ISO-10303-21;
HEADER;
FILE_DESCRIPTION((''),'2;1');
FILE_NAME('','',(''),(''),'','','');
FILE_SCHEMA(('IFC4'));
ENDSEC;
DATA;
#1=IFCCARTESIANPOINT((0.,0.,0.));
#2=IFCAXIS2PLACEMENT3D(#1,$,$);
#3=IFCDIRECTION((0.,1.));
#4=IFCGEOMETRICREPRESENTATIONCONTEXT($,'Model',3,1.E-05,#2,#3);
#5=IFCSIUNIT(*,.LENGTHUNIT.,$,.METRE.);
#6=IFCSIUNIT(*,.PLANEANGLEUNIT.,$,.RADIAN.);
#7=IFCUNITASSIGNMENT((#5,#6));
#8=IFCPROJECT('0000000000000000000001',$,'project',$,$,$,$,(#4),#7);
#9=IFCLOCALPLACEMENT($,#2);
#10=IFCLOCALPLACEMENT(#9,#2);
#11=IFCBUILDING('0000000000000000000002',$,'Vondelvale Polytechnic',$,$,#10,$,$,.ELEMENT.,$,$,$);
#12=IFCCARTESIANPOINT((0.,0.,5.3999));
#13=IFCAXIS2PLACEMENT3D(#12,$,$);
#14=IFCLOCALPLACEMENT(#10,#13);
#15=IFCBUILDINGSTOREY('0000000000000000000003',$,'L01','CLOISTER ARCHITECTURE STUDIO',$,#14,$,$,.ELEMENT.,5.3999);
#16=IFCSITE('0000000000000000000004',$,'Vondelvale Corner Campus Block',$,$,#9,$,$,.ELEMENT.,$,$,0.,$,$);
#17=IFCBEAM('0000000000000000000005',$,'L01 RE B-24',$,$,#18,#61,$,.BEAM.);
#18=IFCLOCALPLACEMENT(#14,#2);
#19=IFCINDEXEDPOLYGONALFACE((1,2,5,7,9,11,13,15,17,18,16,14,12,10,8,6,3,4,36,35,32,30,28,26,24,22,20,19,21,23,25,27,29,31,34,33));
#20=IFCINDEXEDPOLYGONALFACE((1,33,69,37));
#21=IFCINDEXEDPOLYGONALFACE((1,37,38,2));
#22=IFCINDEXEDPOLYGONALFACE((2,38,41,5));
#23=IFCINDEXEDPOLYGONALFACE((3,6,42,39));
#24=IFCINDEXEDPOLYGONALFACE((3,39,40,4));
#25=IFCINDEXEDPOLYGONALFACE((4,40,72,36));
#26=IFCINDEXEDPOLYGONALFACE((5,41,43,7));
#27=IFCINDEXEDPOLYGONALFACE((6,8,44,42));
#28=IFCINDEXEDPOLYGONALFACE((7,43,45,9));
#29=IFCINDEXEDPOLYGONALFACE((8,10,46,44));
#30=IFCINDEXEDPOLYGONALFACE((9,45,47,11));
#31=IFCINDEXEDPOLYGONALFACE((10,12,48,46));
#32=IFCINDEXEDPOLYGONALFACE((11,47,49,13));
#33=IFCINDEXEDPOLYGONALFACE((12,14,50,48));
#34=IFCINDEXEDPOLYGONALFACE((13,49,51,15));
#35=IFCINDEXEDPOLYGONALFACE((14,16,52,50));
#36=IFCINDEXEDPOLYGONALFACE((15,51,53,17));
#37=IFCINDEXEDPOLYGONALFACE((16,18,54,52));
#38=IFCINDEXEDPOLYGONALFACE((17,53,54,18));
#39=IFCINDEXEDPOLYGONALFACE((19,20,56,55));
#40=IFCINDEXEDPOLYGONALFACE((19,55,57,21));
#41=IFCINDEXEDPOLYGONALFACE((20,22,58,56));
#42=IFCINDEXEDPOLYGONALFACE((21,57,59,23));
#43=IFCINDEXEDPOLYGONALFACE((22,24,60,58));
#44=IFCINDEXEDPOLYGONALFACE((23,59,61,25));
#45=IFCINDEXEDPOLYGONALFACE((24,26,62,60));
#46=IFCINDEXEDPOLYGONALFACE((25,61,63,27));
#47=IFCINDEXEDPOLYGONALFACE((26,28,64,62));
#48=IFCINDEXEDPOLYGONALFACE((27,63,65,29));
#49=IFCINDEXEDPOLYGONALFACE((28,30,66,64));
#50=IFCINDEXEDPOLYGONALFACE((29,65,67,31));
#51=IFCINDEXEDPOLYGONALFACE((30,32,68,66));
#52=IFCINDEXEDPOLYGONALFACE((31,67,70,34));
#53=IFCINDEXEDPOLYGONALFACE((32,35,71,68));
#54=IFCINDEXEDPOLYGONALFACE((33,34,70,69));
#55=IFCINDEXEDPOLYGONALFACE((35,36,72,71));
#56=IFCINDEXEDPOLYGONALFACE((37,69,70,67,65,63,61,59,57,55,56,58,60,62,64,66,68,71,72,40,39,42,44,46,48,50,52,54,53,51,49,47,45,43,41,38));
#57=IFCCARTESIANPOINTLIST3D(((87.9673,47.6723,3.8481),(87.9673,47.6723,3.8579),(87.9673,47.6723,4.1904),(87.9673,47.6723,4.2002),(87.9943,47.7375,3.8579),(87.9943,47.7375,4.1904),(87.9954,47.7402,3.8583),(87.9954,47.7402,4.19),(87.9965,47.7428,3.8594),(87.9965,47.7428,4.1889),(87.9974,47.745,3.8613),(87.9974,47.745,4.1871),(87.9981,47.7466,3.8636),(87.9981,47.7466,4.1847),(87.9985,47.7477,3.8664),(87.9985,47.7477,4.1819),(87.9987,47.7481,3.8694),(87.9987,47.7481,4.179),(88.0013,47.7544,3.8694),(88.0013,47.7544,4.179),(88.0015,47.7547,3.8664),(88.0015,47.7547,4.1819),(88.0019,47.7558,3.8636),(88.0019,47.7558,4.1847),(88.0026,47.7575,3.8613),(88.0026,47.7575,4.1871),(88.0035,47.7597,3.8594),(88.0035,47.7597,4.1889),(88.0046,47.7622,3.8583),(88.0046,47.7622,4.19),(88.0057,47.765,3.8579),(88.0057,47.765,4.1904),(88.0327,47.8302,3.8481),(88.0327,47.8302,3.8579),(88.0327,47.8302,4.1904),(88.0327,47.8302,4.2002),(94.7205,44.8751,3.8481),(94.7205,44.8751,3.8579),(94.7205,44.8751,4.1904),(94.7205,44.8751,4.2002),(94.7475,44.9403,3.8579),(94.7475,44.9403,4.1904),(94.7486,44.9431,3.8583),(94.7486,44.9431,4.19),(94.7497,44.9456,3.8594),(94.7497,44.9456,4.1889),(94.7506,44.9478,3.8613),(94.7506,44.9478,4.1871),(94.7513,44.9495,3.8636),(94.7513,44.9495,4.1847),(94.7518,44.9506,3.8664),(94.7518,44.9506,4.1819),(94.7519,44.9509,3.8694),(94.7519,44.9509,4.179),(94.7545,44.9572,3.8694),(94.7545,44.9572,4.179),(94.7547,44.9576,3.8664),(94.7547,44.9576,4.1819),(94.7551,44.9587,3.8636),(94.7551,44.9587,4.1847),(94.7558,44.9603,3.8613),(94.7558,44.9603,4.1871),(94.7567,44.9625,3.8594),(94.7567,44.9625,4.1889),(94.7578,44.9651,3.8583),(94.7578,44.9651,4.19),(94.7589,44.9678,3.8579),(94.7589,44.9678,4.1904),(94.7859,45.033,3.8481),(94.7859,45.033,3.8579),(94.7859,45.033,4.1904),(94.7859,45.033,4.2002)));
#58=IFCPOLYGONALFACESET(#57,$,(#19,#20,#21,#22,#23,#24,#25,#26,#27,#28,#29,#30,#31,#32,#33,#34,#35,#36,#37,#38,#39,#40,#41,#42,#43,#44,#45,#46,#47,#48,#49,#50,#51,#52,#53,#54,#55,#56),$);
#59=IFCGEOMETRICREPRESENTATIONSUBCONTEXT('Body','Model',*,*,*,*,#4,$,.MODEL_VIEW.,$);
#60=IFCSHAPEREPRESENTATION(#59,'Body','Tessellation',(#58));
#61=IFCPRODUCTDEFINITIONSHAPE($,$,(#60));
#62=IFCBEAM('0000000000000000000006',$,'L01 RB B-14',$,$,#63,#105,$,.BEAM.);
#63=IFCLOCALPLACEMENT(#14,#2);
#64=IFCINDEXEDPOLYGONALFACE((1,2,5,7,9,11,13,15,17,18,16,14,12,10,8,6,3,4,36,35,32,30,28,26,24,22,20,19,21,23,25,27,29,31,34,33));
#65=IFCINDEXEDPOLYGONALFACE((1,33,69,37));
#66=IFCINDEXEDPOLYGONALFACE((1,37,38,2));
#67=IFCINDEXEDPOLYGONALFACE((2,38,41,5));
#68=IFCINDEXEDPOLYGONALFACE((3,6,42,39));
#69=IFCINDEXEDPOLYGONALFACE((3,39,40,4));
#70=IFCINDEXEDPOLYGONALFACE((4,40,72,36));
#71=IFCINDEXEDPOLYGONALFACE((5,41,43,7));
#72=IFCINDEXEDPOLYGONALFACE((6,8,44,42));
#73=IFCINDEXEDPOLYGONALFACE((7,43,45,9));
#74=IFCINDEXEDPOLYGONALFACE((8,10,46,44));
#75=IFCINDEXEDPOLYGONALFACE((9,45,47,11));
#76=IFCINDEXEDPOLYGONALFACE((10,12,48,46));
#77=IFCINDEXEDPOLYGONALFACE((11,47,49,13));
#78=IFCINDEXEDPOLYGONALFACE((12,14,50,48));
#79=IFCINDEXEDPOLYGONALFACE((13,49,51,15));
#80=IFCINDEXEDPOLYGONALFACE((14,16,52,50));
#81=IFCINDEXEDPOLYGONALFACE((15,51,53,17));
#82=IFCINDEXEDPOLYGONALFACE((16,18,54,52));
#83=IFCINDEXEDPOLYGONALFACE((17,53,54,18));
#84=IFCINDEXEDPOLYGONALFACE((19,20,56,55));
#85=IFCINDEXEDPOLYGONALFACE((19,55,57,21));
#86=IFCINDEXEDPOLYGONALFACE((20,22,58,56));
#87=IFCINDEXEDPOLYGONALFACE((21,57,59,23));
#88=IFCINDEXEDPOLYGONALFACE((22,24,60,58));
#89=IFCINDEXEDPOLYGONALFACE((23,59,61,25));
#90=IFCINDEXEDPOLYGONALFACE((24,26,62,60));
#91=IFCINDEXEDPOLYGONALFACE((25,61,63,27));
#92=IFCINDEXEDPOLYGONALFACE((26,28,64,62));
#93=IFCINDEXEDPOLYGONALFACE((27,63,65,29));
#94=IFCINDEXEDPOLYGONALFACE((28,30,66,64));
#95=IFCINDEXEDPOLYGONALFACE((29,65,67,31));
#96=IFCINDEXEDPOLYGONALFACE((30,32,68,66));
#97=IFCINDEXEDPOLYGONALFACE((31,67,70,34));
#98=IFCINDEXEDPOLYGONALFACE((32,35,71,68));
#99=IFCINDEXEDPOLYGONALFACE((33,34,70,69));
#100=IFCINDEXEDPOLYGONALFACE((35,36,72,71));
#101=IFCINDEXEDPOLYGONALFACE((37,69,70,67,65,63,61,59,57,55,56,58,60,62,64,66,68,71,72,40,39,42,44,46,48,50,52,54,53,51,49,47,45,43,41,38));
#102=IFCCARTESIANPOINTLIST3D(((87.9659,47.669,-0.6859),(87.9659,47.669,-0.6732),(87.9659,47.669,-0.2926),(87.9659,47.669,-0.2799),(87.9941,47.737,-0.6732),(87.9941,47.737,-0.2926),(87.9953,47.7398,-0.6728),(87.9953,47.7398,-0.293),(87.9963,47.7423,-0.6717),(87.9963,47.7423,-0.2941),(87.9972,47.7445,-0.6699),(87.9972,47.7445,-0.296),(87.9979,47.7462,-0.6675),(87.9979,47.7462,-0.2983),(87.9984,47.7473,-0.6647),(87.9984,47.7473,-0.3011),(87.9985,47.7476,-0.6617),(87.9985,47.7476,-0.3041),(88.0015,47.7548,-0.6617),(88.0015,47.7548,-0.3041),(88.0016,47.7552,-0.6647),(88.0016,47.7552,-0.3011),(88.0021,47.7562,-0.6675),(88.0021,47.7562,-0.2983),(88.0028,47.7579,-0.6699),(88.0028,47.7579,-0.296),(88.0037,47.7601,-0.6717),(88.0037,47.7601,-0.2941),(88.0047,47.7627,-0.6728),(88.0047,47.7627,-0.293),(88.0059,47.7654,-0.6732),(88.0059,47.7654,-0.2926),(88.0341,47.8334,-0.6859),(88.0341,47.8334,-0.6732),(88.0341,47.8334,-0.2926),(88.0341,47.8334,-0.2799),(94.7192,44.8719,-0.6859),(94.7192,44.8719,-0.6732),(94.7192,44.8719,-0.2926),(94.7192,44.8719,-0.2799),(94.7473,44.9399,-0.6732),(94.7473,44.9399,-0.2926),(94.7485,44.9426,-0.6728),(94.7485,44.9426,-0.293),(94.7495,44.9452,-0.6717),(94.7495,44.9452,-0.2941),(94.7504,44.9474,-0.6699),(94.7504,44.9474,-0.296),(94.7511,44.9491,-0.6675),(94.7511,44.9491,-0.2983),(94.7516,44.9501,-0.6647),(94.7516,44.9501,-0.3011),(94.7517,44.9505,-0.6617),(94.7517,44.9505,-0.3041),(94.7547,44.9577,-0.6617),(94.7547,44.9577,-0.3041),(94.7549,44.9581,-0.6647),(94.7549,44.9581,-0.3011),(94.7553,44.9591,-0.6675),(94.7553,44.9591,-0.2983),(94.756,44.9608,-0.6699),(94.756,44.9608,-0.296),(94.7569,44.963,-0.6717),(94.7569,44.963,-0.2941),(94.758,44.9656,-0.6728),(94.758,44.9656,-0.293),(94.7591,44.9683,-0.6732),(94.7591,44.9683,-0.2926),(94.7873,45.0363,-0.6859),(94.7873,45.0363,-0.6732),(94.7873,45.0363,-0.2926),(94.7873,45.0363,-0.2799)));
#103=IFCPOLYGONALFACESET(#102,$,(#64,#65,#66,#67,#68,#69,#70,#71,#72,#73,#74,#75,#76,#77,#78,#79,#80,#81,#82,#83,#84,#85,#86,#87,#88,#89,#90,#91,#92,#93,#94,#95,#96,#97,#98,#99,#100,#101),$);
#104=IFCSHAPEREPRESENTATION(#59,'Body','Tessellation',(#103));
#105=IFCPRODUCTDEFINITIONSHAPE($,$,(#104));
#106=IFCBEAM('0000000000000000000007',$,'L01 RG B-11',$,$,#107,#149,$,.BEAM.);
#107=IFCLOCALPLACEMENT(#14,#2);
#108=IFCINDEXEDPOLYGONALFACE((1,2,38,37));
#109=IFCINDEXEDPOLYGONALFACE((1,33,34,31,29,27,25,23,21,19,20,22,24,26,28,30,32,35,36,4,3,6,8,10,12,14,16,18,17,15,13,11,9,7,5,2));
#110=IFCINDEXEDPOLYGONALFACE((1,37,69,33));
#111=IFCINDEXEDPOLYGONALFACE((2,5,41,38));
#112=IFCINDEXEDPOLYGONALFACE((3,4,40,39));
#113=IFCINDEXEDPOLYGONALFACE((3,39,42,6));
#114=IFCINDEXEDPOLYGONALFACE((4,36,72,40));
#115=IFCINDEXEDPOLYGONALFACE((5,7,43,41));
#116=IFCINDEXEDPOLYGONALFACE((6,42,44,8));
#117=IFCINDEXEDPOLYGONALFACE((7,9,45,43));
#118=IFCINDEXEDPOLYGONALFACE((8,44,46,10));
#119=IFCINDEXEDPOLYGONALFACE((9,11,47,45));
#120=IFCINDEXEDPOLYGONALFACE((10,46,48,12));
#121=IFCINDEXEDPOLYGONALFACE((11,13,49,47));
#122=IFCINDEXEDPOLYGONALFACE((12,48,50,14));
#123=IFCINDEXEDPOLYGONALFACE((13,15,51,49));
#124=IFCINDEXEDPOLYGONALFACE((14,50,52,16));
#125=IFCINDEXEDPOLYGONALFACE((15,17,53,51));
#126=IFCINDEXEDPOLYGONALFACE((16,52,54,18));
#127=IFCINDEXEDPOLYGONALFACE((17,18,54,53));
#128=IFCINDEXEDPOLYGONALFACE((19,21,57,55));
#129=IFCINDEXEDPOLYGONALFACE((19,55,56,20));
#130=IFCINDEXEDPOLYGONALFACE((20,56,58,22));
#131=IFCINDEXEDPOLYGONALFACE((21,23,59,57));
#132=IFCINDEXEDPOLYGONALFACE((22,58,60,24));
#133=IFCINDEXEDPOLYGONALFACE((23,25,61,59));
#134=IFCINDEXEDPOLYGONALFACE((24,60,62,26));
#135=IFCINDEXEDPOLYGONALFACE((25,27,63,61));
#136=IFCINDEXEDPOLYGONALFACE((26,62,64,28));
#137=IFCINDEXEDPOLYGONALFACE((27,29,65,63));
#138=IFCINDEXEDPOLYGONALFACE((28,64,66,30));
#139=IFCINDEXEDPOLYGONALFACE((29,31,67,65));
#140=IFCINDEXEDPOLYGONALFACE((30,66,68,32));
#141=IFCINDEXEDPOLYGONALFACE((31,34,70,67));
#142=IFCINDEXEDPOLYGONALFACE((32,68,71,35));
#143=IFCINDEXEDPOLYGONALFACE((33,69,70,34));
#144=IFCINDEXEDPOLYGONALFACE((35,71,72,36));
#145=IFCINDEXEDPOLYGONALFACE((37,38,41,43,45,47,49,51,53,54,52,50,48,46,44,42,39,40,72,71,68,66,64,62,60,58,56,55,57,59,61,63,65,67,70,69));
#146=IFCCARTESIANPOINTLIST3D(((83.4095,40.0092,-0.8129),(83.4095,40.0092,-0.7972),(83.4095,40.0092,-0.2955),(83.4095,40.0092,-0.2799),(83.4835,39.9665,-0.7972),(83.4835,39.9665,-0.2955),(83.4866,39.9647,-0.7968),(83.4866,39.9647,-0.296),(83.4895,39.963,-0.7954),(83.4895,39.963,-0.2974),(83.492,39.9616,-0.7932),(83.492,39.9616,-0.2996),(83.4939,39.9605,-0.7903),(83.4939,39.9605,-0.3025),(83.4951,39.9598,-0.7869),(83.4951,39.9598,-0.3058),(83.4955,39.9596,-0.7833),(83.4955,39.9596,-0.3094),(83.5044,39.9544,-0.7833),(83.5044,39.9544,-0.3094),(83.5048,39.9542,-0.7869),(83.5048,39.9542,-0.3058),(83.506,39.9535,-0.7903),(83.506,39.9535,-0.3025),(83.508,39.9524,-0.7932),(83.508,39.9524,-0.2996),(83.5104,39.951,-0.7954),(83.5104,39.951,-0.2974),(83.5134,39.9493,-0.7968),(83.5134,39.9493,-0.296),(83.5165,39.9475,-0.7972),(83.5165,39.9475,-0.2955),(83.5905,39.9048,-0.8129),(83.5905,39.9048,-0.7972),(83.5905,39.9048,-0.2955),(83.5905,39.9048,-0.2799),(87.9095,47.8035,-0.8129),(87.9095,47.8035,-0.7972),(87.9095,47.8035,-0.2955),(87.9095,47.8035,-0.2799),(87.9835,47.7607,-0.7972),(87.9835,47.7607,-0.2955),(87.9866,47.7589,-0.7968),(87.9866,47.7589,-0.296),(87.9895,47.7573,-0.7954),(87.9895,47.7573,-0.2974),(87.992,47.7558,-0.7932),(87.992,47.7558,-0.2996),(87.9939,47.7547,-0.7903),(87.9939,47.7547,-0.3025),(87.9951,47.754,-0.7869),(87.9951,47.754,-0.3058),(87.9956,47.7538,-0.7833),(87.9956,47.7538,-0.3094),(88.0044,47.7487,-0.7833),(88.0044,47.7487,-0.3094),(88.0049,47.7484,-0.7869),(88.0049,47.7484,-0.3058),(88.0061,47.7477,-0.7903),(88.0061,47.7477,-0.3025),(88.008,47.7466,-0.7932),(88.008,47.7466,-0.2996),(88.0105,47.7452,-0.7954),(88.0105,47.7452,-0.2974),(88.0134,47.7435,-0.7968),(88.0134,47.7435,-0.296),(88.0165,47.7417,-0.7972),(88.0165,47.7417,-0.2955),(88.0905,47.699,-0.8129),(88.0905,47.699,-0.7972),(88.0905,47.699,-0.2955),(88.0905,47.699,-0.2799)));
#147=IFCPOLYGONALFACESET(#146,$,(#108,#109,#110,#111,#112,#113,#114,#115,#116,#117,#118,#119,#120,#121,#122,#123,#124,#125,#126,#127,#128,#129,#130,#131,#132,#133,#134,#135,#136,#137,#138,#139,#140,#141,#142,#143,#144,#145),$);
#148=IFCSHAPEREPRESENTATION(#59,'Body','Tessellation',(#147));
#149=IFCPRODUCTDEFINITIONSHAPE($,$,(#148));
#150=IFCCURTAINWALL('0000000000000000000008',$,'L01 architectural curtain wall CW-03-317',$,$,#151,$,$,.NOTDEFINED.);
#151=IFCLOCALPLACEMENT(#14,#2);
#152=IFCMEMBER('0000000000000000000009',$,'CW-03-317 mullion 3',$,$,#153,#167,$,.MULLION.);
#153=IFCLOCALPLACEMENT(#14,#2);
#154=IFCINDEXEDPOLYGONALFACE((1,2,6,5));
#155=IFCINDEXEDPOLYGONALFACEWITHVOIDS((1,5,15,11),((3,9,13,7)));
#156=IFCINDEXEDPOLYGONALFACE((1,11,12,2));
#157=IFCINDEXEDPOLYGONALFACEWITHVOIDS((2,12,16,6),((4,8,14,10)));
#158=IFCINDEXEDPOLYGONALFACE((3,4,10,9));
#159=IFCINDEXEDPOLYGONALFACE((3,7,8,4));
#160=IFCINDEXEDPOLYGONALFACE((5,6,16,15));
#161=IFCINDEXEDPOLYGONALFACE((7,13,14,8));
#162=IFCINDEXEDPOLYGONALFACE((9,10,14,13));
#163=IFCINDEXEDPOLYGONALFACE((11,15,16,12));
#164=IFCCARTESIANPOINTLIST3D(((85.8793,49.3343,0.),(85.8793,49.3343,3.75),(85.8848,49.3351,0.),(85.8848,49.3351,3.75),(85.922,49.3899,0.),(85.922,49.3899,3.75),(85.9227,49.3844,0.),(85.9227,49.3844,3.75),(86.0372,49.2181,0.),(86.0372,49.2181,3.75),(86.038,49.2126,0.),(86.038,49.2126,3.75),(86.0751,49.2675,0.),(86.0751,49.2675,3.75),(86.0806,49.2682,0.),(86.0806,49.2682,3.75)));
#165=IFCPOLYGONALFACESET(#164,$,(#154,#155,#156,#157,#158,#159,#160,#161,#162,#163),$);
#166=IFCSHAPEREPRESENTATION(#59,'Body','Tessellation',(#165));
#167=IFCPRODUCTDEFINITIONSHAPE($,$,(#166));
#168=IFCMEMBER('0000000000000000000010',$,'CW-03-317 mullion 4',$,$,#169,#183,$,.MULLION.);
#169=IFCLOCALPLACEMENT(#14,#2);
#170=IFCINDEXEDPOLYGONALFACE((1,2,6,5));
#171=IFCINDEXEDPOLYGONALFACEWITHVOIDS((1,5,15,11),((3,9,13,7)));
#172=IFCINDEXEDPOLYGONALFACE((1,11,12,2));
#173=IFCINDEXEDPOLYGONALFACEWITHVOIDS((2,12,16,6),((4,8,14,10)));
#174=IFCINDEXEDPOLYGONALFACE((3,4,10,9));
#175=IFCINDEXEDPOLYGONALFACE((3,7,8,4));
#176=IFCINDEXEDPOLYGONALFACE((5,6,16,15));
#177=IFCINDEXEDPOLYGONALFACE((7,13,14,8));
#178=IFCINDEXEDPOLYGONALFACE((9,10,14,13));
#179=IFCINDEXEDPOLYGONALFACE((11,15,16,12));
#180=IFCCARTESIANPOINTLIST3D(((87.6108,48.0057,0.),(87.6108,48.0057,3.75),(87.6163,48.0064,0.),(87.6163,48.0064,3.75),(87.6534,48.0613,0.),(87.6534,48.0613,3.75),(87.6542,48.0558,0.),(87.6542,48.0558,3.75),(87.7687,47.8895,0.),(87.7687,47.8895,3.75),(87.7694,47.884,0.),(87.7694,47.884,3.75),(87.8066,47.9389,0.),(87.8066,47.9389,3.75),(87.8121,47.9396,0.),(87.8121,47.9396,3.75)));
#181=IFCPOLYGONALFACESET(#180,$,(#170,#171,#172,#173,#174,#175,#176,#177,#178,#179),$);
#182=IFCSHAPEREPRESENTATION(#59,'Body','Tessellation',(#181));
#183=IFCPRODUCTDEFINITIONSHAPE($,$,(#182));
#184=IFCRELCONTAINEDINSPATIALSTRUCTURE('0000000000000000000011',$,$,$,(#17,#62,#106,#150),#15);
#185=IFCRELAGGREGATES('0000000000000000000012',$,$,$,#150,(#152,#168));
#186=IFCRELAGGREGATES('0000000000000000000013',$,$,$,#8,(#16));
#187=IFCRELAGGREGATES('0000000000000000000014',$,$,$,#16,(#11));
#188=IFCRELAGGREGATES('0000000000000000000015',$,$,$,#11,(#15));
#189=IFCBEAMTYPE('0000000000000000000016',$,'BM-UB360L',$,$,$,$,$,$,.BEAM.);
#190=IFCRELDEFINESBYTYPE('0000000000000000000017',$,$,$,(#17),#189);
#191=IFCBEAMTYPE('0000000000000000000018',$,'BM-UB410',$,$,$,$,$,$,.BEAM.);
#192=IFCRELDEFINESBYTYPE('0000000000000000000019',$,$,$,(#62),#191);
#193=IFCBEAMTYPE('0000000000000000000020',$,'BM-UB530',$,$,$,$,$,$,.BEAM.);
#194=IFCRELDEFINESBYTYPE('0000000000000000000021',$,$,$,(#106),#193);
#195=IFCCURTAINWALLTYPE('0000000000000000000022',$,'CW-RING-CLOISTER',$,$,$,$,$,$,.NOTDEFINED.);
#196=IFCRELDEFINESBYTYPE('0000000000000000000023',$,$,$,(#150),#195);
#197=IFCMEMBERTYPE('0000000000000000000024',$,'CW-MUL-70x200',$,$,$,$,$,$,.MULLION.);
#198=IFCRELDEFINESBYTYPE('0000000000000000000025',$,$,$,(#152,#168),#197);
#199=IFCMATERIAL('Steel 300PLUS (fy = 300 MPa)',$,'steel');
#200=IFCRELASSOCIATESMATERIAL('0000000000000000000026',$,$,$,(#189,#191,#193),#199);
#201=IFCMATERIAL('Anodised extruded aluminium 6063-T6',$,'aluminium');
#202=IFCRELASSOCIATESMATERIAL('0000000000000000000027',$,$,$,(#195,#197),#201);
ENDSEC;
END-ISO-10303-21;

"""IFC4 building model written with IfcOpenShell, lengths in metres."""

from ifc_helpers import new_model, si_unit, direction, frame, origin, origin_2d, place, context, subcontext, project, spatial, hollow_rectangle, i_section, extrude, material, material_profile, profile_set, type_object, element, aggregate, save


model = new_model("IFC4")

# Units and contexts
model_context = context("Model", 3, precision=1e-05, world=origin(), true_north=direction((0.0, 1.0)))
body_context = subcontext(model_context, "Body", "Model", "MODEL_VIEW")
ifc_project = project(units=[si_unit("LENGTHUNIT", "METRE"), si_unit("PLANEANGLEUNIT", "RADIAN")], contexts=[model_context])

# Site, building, storey
site_placement = place(None, origin())
site = spatial("IfcSite", under=ifc_project, at=site_placement, Name="Vondelvale Corner Campus Block", CompositionType="ELEMENT", RefElevation=0.0)
building_placement = place(site_placement, origin())
building = spatial("IfcBuilding", under=site, at=building_placement, Name="Vondelvale Polytechnic", CompositionType="ELEMENT")
storey_placement = place(building_placement, frame((0.0, 0.0, 5.3999)))
storey = spatial("IfcBuildingStorey", under=building, at=storey_placement, Name="L01", Description="CLOISTER ARCHITECTURE STUDIO", CompositionType="ELEMENT", Elevation=5.3999)

# Beams
ifc_material_1 = material(Name="Steel 300PLUS (fy = 300 MPa)", Category="steel")
ifc_material_profile_1 = material_profile(ifc_material_1, i_section(OverallWidth=0.1709, OverallDepth=0.3521, WebThickness=0.0068, FlangeThickness=0.0098, FilletRadius=0.0115, at=origin_2d()), Name="360UB44.7")
ifc_profile_set_1 = profile_set([ifc_material_profile_1], Name="Steel 300PLUS (fy = 300 MPa)")
beam_type_1 = type_object("IfcBeamType", Name="BM-UB360L", PredefinedType="BEAM", material=ifc_profile_set_1)
beam_1_placement = place(storey_placement, frame((88.0, 47.7512, 4.0242), z_axis=(0.923886, -0.382667, 0.0), x_axis=(0.382667, 0.923886, 0.0)))
element("IfcBeam", 1, at=beam_1_placement, inside=storey, type_object=beam_type_1, Name="L01 RE B-24", PredefinedType="BEAM", context=body_context, shape_type="SweptSolid", body=[
    extrude(i_section(OverallWidth=0.1709, OverallDepth=0.3521, WebThickness=0.0068, FlangeThickness=0.0098, FilletRadius=0.0115, at=origin_2d()), origin(), (0.0, 0.0, 1.0), 7.3096),
])
ifc_material_profile_2 = material_profile(ifc_material_1, i_section(OverallWidth=0.178, OverallDepth=0.406, WebThickness=0.0078, FlangeThickness=0.0127, FilletRadius=0.0115, at=origin_2d()), Name="410UB59.7")
ifc_profile_set_2 = profile_set([ifc_material_profile_2], Name="Steel 300PLUS (fy = 300 MPa)")
beam_type_2 = type_object("IfcBeamType", Name="BM-UB410", PredefinedType="BEAM", material=ifc_profile_set_2)
beam_2_placement = place(storey_placement, frame((88.0, 47.7512, -0.4829), z_axis=(0.923886, -0.382667, 0.0), x_axis=(0.382667, 0.923886, 0.0)))
element("IfcBeam", 2, at=beam_2_placement, inside=storey, type_object=beam_type_2, Name="L01 RB B-14", PredefinedType="BEAM", context=body_context, shape_type="SweptSolid", body=[
    extrude(i_section(OverallWidth=0.178, OverallDepth=0.406, WebThickness=0.0078, FlangeThickness=0.0127, FilletRadius=0.0115, at=origin_2d()), origin(), (0.0, 0.0, 1.0), 7.3096),
])
ifc_material_profile_3 = material_profile(ifc_material_1, i_section(OverallWidth=0.209, OverallDepth=0.533, WebThickness=0.0103, FlangeThickness=0.0156, FilletRadius=0.0139, at=origin_2d()), Name="530UB92.4")
ifc_profile_set_3 = profile_set([ifc_material_profile_3], Name="Steel 300PLUS (fy = 300 MPa)")
beam_type_3 = type_object("IfcBeamType", Name="BM-UB530", PredefinedType="BEAM", material=ifc_profile_set_3)
beam_3_placement = place(storey_placement, frame((88.0, 47.7512, -0.5464), z_axis=(-0.500002, -0.866024, 0.0), x_axis=(0.866024, -0.500002, 0.0)))
element("IfcBeam", 3, at=beam_3_placement, inside=storey, type_object=beam_type_3, Name="L01 RG B-11", PredefinedType="BEAM", context=body_context, shape_type="SweptSolid", body=[
    extrude(i_section(OverallWidth=0.209, OverallDepth=0.533, WebThickness=0.0103, FlangeThickness=0.0156, FilletRadius=0.0139, at=origin_2d()), origin(), (0.0, 0.0, 1.0), 9.0),
])

# Curtain wall, members
ifc_material_2 = material(Name="Anodised extruded aluminium 6063-T6", Category="aluminium")
curtain_wall_type = type_object("IfcCurtainWallType", Name="CW-RING-CLOISTER", PredefinedType="NOTDEFINED", material=ifc_material_2)
curtain_wall_1_placement = place(storey_placement, origin())
curtain_wall_1 = element("IfcCurtainWall", 4, at=curtain_wall_1_placement, inside=storey, type_object=curtain_wall_type, Name="L01 architectural curtain wall CW-03-317", PredefinedType="NOTDEFINED")
ifc_material_profile_4 = material_profile(ifc_material_2, hollow_rectangle(XDim=0.0701, YDim=0.2, WallThickness=0.0039, at=origin_2d()), Name="CW-MUL-200x70")
ifc_profile_set_4 = profile_set([ifc_material_profile_4], Name="Anodised extruded aluminium 6063-T6")
member_type_1 = type_object("IfcMemberType", Name="CW-MUL-70x200", PredefinedType="MULLION", material=ifc_profile_set_4)
member_1_placement = place(storey_placement, frame((85.98, 49.3013, 0.0), z_axis=(0.0, 0.0, 1.0), x_axis=(0.608748, 0.793364, 0.0)))
member_1 = element("IfcMember", 5, at=member_1_placement, type_object=member_type_1, Name="CW-03-317 mullion 3", PredefinedType="MULLION", context=body_context, shape_type="SweptSolid", body=[
    extrude(hollow_rectangle(XDim=0.0701, YDim=0.2, WallThickness=0.0039, at=origin_2d()), origin(), (0.0, 0.0, 1.0), 3.75),
])
member_2_placement = place(storey_placement, frame((87.7114, 47.9727, 0.0), z_axis=(0.0, 0.0, 1.0), x_axis=(0.608748, 0.793364, 0.0)))
member_2 = element("IfcMember", 6, at=member_2_placement, type_object=member_type_1, Name="CW-03-317 mullion 4", PredefinedType="MULLION", context=body_context, shape_type="SweptSolid", body=[
    extrude(hollow_rectangle(XDim=0.0701, YDim=0.2, WallThickness=0.0039, at=origin_2d()), origin(), (0.0, 0.0, 1.0), 3.75),
])

aggregate(curtain_wall_1, [member_1, member_2])

save(model, "model.ifc")
